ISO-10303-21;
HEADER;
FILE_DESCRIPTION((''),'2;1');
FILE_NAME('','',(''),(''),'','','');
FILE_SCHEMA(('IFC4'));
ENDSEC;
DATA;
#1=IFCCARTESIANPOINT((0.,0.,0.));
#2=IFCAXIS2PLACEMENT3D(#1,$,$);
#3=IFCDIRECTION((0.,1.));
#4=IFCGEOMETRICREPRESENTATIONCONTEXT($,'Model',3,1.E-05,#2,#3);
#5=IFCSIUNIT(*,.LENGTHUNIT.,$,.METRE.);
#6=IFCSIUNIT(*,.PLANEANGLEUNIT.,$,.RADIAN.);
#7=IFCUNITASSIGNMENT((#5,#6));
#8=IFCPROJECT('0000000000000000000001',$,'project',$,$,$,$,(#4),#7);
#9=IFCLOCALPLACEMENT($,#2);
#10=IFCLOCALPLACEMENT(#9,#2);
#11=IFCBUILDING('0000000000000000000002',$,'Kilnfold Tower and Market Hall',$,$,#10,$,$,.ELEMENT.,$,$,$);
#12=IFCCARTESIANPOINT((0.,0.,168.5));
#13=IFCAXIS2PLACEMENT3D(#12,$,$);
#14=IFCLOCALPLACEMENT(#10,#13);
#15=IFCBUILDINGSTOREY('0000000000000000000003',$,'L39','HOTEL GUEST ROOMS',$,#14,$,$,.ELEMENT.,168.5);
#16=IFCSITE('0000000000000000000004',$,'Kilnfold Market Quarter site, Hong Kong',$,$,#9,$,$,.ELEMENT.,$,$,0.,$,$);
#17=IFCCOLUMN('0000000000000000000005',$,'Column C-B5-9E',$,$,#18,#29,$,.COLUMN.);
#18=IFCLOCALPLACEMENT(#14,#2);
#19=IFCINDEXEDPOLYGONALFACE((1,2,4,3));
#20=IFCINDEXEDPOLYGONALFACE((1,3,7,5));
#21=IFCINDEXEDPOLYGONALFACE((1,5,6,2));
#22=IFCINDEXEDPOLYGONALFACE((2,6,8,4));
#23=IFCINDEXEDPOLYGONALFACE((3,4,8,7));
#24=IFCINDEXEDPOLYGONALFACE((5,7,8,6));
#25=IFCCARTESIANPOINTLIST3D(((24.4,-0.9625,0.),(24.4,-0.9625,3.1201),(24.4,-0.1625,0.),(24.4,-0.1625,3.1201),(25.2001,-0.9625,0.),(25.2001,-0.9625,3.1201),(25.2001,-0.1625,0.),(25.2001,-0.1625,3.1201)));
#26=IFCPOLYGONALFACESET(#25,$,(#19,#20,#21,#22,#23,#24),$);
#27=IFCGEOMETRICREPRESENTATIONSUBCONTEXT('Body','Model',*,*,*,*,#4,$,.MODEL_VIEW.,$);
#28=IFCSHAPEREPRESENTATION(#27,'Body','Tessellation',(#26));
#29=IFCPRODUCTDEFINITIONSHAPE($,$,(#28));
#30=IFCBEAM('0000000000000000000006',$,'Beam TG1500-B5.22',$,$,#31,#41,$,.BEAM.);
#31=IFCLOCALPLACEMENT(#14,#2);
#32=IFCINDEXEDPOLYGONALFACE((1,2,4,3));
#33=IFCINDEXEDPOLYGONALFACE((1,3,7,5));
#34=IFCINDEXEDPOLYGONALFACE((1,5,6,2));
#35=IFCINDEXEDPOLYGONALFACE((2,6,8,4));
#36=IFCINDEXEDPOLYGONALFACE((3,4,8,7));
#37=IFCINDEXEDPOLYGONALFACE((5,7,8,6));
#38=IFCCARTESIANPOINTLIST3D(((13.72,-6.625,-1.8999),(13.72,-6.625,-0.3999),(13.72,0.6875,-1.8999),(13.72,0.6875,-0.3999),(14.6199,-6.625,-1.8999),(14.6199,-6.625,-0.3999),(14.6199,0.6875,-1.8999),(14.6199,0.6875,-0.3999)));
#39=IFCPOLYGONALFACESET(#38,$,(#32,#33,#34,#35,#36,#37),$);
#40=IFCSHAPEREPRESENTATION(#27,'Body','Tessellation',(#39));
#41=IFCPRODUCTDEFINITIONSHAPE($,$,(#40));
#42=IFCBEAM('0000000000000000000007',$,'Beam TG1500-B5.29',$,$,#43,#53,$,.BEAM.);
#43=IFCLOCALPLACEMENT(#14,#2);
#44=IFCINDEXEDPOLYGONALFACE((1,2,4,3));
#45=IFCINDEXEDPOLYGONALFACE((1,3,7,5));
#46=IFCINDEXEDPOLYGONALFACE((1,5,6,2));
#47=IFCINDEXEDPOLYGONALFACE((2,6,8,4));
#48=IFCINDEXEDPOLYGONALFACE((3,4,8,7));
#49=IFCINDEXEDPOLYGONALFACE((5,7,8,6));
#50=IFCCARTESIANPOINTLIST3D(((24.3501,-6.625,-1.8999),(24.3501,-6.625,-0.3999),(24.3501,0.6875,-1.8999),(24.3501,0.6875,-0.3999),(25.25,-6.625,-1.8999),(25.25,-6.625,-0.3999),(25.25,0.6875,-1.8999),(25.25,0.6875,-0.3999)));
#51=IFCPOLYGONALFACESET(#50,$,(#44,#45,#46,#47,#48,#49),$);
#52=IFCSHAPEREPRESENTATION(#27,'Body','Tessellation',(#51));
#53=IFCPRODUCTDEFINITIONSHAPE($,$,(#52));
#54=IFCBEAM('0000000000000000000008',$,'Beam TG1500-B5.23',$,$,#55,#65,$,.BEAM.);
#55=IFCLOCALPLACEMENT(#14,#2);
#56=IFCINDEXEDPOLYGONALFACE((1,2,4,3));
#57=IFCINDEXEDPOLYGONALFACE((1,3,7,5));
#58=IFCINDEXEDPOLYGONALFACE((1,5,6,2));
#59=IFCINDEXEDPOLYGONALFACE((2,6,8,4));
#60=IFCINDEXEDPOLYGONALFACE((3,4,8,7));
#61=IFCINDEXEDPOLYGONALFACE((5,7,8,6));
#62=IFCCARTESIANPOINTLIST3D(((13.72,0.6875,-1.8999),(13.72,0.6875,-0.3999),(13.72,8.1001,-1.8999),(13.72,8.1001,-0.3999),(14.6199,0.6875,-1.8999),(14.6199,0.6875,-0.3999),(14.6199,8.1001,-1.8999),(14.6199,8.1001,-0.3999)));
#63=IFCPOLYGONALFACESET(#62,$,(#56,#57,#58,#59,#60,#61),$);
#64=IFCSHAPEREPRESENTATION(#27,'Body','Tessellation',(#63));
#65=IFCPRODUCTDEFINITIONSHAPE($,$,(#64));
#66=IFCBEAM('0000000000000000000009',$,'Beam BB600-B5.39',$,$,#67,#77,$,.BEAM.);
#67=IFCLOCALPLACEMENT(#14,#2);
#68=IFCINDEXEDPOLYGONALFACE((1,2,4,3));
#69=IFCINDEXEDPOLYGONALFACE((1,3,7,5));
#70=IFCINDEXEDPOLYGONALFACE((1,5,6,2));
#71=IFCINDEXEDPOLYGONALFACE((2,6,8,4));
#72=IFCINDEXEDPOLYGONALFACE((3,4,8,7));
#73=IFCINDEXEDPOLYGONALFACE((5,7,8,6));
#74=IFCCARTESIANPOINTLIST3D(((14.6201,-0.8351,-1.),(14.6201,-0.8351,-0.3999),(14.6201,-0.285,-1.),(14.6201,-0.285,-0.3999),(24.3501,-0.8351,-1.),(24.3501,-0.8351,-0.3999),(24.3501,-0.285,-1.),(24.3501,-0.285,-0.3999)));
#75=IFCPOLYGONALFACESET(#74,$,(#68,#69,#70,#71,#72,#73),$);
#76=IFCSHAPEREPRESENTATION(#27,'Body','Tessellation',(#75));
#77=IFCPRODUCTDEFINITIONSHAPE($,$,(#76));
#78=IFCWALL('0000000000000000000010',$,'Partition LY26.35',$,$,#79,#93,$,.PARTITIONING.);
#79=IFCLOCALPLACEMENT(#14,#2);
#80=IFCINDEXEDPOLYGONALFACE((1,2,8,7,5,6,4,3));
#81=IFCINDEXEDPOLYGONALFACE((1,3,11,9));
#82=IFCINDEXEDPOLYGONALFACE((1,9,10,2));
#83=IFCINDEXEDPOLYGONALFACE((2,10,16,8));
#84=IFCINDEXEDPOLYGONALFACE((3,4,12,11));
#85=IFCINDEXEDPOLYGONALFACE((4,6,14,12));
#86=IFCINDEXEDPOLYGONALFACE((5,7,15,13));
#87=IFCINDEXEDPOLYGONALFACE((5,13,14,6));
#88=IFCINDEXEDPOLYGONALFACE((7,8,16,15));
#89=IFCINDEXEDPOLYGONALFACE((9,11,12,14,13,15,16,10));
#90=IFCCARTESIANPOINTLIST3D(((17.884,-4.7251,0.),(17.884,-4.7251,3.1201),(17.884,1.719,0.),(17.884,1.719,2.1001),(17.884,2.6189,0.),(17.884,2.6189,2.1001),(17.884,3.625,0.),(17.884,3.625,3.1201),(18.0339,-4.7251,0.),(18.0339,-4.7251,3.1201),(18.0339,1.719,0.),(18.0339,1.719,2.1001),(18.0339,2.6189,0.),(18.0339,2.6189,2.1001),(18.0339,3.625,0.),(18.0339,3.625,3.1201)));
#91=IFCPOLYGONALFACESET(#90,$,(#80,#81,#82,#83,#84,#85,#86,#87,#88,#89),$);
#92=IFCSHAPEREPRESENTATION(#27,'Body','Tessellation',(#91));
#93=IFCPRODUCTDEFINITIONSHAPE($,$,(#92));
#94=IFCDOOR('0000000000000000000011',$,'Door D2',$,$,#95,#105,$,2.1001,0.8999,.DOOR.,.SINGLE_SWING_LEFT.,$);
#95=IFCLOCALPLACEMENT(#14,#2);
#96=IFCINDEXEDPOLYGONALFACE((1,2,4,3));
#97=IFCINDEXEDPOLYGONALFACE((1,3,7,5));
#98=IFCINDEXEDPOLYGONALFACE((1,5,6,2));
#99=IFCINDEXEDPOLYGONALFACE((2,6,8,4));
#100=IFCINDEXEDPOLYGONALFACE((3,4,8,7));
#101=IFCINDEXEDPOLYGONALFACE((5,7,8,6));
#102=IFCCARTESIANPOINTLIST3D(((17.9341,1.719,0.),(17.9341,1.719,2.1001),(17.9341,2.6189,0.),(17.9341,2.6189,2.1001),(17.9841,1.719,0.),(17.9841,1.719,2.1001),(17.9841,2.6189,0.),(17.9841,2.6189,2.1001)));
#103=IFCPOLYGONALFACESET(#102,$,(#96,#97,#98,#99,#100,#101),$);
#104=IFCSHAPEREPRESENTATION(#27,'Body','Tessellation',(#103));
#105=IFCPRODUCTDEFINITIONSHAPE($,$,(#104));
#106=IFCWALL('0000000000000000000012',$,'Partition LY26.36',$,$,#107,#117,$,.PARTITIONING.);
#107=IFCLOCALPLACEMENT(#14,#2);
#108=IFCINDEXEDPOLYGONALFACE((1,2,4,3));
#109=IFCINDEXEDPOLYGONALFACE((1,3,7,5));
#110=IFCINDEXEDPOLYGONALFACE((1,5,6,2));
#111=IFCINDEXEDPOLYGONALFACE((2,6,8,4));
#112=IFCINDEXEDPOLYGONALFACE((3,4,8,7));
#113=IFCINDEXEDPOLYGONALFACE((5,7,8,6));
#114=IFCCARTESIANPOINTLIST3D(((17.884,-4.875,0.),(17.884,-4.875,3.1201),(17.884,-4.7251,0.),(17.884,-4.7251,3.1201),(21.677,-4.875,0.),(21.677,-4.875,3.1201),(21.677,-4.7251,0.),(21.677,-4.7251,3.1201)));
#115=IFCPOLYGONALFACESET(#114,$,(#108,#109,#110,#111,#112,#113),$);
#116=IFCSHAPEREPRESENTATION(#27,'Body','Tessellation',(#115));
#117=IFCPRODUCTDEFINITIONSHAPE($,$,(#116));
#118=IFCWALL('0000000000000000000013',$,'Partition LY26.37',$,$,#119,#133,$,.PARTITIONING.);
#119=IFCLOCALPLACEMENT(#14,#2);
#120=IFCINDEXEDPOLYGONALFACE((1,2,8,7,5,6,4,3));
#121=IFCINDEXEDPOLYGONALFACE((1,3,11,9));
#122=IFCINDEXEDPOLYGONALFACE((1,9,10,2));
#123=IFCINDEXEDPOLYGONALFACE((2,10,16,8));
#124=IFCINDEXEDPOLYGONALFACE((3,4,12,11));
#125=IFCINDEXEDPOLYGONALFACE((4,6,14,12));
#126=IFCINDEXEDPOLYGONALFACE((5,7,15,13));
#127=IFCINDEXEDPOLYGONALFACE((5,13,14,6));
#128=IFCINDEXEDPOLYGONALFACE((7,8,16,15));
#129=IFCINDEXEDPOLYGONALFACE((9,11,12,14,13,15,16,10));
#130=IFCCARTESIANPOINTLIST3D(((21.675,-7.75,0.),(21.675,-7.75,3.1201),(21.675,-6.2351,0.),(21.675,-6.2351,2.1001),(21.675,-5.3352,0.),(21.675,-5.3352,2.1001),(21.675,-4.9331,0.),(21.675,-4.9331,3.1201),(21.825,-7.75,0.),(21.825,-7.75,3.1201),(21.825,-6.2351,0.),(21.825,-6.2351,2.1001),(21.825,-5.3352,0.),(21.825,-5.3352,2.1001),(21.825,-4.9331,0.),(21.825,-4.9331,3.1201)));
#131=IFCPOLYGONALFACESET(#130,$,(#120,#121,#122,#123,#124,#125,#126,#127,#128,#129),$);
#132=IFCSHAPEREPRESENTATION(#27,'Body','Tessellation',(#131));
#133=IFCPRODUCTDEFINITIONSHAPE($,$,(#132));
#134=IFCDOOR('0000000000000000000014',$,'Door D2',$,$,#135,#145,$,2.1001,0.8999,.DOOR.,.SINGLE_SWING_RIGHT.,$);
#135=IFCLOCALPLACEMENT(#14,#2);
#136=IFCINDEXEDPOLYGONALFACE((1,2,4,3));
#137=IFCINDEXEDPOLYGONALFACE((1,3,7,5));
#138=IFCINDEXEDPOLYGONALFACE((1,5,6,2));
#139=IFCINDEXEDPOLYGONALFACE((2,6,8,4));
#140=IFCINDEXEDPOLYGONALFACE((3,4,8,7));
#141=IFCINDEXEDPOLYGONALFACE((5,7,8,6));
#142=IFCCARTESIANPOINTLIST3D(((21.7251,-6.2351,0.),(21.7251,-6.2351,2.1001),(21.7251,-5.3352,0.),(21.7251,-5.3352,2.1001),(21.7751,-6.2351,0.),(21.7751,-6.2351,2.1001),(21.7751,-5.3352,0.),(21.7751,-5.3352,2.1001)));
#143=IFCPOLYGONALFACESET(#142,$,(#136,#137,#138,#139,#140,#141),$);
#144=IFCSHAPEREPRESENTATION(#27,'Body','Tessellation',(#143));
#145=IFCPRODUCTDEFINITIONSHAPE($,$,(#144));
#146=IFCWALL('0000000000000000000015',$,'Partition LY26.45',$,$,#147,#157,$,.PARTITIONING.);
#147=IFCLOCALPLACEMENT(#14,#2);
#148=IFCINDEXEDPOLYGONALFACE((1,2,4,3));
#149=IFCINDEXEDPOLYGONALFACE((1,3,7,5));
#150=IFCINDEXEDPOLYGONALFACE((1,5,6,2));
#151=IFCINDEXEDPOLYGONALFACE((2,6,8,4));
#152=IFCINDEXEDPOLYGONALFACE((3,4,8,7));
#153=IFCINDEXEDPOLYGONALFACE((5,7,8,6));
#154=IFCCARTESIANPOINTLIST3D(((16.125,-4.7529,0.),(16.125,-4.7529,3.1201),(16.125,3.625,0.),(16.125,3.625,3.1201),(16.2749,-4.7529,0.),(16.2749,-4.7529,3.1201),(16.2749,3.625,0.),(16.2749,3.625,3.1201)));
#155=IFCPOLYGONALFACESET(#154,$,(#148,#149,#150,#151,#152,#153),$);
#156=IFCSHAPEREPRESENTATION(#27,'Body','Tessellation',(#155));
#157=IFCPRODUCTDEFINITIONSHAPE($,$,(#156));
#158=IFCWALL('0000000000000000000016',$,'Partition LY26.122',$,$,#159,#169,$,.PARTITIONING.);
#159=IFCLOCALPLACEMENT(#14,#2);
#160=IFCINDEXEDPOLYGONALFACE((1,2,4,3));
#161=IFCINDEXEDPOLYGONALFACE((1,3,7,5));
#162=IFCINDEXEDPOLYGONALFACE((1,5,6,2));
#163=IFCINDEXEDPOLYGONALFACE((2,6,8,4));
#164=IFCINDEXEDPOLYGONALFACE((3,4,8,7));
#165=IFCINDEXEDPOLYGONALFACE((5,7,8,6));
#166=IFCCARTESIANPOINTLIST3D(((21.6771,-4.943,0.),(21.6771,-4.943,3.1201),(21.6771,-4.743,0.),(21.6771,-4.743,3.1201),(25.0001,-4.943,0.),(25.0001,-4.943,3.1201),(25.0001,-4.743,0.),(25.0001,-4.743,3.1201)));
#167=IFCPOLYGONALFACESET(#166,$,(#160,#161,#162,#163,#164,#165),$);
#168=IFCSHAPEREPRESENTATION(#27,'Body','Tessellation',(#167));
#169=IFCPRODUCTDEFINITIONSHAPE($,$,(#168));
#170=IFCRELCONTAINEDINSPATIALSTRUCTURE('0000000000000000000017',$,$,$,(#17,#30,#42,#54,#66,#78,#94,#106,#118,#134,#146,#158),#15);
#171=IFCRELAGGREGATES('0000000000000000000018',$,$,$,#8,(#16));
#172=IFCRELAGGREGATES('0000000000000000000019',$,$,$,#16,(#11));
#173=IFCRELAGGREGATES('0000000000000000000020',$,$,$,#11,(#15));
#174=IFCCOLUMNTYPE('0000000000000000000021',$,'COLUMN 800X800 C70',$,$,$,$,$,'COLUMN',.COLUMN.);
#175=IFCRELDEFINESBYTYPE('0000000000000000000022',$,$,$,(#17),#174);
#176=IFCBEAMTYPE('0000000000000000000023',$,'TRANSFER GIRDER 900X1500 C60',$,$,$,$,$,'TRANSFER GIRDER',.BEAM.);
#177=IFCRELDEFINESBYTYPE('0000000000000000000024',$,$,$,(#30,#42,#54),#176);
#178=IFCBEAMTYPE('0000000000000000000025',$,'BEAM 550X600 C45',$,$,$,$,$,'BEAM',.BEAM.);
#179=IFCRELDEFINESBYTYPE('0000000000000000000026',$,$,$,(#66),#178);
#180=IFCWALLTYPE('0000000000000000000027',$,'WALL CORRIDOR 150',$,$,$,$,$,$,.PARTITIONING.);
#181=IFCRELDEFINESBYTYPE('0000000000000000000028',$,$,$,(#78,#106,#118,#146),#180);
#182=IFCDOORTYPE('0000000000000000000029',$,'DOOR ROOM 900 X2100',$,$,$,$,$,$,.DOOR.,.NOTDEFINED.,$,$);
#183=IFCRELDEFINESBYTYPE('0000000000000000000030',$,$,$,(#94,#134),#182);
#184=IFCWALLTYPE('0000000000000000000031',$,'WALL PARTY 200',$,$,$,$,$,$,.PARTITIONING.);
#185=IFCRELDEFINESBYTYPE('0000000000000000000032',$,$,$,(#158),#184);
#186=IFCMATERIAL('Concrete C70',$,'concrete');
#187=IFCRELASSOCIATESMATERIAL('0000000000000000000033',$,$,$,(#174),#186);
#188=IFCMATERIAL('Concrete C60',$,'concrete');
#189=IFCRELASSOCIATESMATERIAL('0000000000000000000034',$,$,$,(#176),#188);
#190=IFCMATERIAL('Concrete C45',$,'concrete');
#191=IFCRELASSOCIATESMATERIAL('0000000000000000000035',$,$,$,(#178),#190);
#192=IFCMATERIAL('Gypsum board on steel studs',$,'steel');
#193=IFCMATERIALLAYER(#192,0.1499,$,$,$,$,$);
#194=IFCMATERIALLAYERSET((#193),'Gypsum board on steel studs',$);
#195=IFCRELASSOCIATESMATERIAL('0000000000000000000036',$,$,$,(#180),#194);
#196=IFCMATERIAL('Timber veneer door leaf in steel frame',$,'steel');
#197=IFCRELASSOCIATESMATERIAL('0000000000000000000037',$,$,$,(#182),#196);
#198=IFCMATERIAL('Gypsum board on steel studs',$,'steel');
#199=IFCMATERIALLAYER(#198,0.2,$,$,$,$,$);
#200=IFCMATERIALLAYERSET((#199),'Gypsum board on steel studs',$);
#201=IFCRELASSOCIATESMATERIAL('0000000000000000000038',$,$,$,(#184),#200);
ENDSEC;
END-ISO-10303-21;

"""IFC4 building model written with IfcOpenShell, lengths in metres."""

from ifc_helpers import new_model, si_unit, direction, frame, frame_2d, origin, origin_2d, place, context, subcontext, project, spatial, rectangle, extrude, source, transform, mapped, material, layer, layer_set, material_profile, profile_set, type_object, element, fill, save


model = new_model("IFC4")

# Units and contexts
model_context = context("Model", 3, precision=1e-05, world=origin(), true_north=direction((0.0, 1.0)))
body_context = subcontext(model_context, "Body", "Model", "MODEL_VIEW")
ifc_project = project(units=[si_unit("LENGTHUNIT", "METRE"), si_unit("PLANEANGLEUNIT", "RADIAN")], contexts=[model_context])

# Site, building, storey
site_placement = place(None, origin())
site = spatial("IfcSite", under=ifc_project, at=site_placement, Name="Kilnfold Market Quarter site, Hong Kong", CompositionType="ELEMENT", RefElevation=0.0)
building_placement = place(site_placement, origin())
building = spatial("IfcBuilding", under=site, at=building_placement, Name="Kilnfold Tower and Market Hall", CompositionType="ELEMENT")
storey_placement = place(building_placement, frame((0.0, 0.0, 168.5)))
storey = spatial("IfcBuildingStorey", under=building, at=storey_placement, Name="L39", Description="HOTEL GUEST ROOMS", CompositionType="ELEMENT", Elevation=168.5)

# Column
ifc_material_1 = material(Name="Concrete C70", Category="concrete")
ifc_material_profile_1 = material_profile(ifc_material_1, rectangle(XDim=0.8, YDim=0.8, at=origin_2d()), Name="RC 800x800")
ifc_profile_set_1 = profile_set([ifc_material_profile_1], Name="Concrete C70")
column_type = type_object("IfcColumnType", Name="COLUMN 800X800 C70", ElementType="COLUMN", PredefinedType="COLUMN", material=ifc_profile_set_1)
shared_shape_1 = source(origin(), body_context, "Body", "SweptSolid", [
    extrude(rectangle(XDim=0.8, YDim=0.8, at=origin_2d()), origin(), (0.0, 0.0, 1.0), 3.1201),
])
column_placement = place(storey_placement, frame((24.8, -0.5625, 0.0), z_axis=(0.0, 0.0, 1.0), x_axis=(1.0, 0.0, 0.0)))
element("IfcColumn", 1, at=column_placement, inside=storey, type_object=column_type, Name="Column C-B5-9E", PredefinedType="COLUMN", context=body_context, shape_type="MappedRepresentation", body=[
    mapped(shared_shape_1, transform((0.0, 0.0, 0.0))),
])

# Beams
ifc_material_2 = material(Name="Concrete C60", Category="concrete")
ifc_material_profile_2 = material_profile(ifc_material_2, rectangle(XDim=0.8999, YDim=1.5, at=origin_2d()), Name="RC 900x1500")
ifc_profile_set_2 = profile_set([ifc_material_profile_2], Name="Concrete C60")
beam_type_1 = type_object("IfcBeamType", Name="TRANSFER GIRDER 900X1500 C60", ElementType="TRANSFER GIRDER", PredefinedType="BEAM", material=ifc_profile_set_2)
shared_shape_2 = source(origin(), body_context, "Body", "SweptSolid", [
    extrude(rectangle(XDim=0.8999, YDim=1.5, at=origin_2d()), origin(), (0.0, 0.0, 1.0), 7.3125),
])
for number, where, z_axis, x_axis, name in (
    (2, (14.1699, -6.625, -1.1499), (0.0, 1.0, 0.0), (-1.0, 0.0, 0.0), "Beam TG1500-B5.22"),
    (3, (24.8, -6.625, -1.1499), (0.0, 1.0, 0.0), (-1.0, 0.0, 0.0), "Beam TG1500-B5.29"),
):
    element("IfcBeam", number, at=place(storey_placement, frame(where, z_axis=z_axis, x_axis=x_axis)), inside=storey, type_object=beam_type_1, Name=name, PredefinedType="BEAM", context=body_context, shape_type="MappedRepresentation", body=[
        mapped(shared_shape_2, transform((0.0, 0.0, 0.0))),
    ])
shared_shape_3 = source(origin(), body_context, "Body", "SweptSolid", [
    extrude(rectangle(XDim=0.8999, YDim=1.5, at=origin_2d()), origin(), (0.0, 0.0, 1.0), 7.4126),
])
beam_1_placement = place(storey_placement, frame((14.1699, 0.6875, -1.1499), z_axis=(0.0, 1.0, 0.0), x_axis=(-1.0, 0.0, 0.0)))
element("IfcBeam", 4, at=beam_1_placement, inside=storey, type_object=beam_type_1, Name="Beam TG1500-B5.23", PredefinedType="BEAM", context=body_context, shape_type="MappedRepresentation", body=[
    mapped(shared_shape_3, transform((0.0, 0.0, 0.0))),
])
ifc_material_3 = material(Name="Concrete C45", Category="concrete")
ifc_material_profile_3 = material_profile(ifc_material_3, rectangle(XDim=0.55, YDim=0.6001, at=origin_2d()), Name="RC 550x600")
ifc_profile_set_3 = profile_set([ifc_material_profile_3], Name="Concrete C45")
beam_type_2 = type_object("IfcBeamType", Name="BEAM 550X600 C45", ElementType="BEAM", PredefinedType="BEAM", material=ifc_profile_set_3)
shared_shape_4 = source(origin(), body_context, "Body", "SweptSolid", [
    extrude(rectangle(XDim=0.55, YDim=0.6001, at=origin_2d()), origin(), (0.0, 0.0, 1.0), 9.73),
])
beam_2_placement = place(storey_placement, frame((14.6201, -0.5601, -0.7), z_axis=(1.0, 0.0, 0.0), x_axis=(0.0, 1.0, 0.0)))
element("IfcBeam", 5, at=beam_2_placement, inside=storey, type_object=beam_type_2, Name="Beam BB600-B5.39", PredefinedType="BEAM", context=body_context, shape_type="MappedRepresentation", body=[
    mapped(shared_shape_4, transform((0.0, 0.0, 0.0))),
])

# Wall, opening, door
ifc_material_4 = material(Name="Gypsum board on steel studs", Category="steel")
ifc_layer_1 = layer(ifc_material_4, 0.1499)
ifc_layer_set_1 = layer_set([ifc_layer_1], Name="Gypsum board on steel studs")
wall_type_1 = type_object("IfcWallType", Name="WALL CORRIDOR 150", PredefinedType="PARTITIONING", material=ifc_layer_set_1)
wall_1_placement = place(storey_placement, frame((17.959, -4.7251, 0.0), z_axis=(0.0, 0.0, 1.0), x_axis=(0.0, 1.0, 0.0)))
wall_1 = element("IfcWall", 6, at=wall_1_placement, inside=storey, type_object=wall_type_1, Name="Partition LY26.35", PredefinedType="PARTITIONING", context=body_context, shape_type="SweptSolid", body=[
    extrude(rectangle(XDim=8.3501, YDim=0.1499, at=frame_2d((4.175, 0.0))), origin(), (0.0, 0.0, 1.0), 3.1201),
])
opening_1_placement = place(wall_1_placement, frame((6.4441, 0.0, 0.0)))
opening_1 = element("IfcOpeningElement", 7, at=opening_1_placement, cuts=wall_1, PredefinedType="OPENING", context=body_context, shape_type="SweptSolid", body=[
    extrude(rectangle(XDim=0.8999, YDim=2.1001, at=frame_2d((0.45, 1.05))), frame((0.0, 0.085, 0.0), z_axis=(0.0, -1.0, 0.0), x_axis=(1.0, 0.0, 0.0)), (0.0, 0.0, 1.0), 0.1699),
])
ifc_material_5 = material(Name="Timber veneer door leaf in steel frame", Category="steel")
door_type_1 = type_object("IfcDoorType", Name="DOOR ROOM 900 X2100", OperationType="NOTDEFINED", PredefinedType="DOOR", material=ifc_material_5)
door_1_placement = place(opening_1_placement, origin())
door_1 = element("IfcDoor", 8, at=door_1_placement, inside=storey, type_object=door_type_1, Name="Door D2", OperationType="SINGLE_SWING_LEFT", OverallHeight=2.1001, OverallWidth=0.8999, PredefinedType="DOOR", context=body_context, shape_type="SweptSolid", body=[
    extrude(rectangle(XDim=0.8999, YDim=2.1001, at=frame_2d((0.45, 1.05))), frame((0.0, 0.0249, 0.0), z_axis=(0.0, -1.0, 0.0), x_axis=(1.0, 0.0, 0.0)), (0.0, 0.0, 1.0), 0.05),
])
fill(opening_1, door_1)

# Wall
wall_2_placement = place(storey_placement, frame((17.884, -4.8, 0.0), z_axis=(0.0, 0.0, 1.0), x_axis=(1.0, 0.0, 0.0)))
element("IfcWall", 9, at=wall_2_placement, inside=storey, type_object=wall_type_1, Name="Partition LY26.36", PredefinedType="PARTITIONING", context=body_context, shape_type="SweptSolid", body=[
    extrude(rectangle(XDim=3.793, YDim=0.1499, at=frame_2d((1.8965, 0.0))), origin(), (0.0, 0.0, 1.0), 3.1201),
])

# Wall, opening, door
wall_3_placement = place(storey_placement, frame((21.75, -7.75, 0.0), z_axis=(0.0, 0.0, 1.0), x_axis=(0.0, 1.0, 0.0)))
wall_3 = element("IfcWall", 10, at=wall_3_placement, inside=storey, type_object=wall_type_1, Name="Partition LY26.37", PredefinedType="PARTITIONING", context=body_context, shape_type="SweptSolid", body=[
    extrude(rectangle(XDim=2.8169, YDim=0.1499, at=frame_2d((1.4084, 0.0))), origin(), (0.0, 0.0, 1.0), 3.1201),
])
opening_2_placement = place(wall_3_placement, frame((1.5149, 0.0, 0.0)))
opening_2 = element("IfcOpeningElement", 11, at=opening_2_placement, cuts=wall_3, PredefinedType="OPENING", context=body_context, shape_type="SweptSolid", body=[
    extrude(rectangle(XDim=0.8999, YDim=2.1001, at=frame_2d((0.45, 1.05))), frame((0.0, 0.085, 0.0), z_axis=(0.0, -1.0, 0.0), x_axis=(1.0, 0.0, 0.0)), (0.0, 0.0, 1.0), 0.1699),
])
door_2_placement = place(opening_2_placement, origin())
door_2 = element("IfcDoor", 12, at=door_2_placement, inside=storey, type_object=door_type_1, Name="Door D2", OperationType="SINGLE_SWING_RIGHT", OverallHeight=2.1001, OverallWidth=0.8999, PredefinedType="DOOR", context=body_context, shape_type="SweptSolid", body=[
    extrude(rectangle(XDim=0.8999, YDim=2.1001, at=frame_2d((0.45, 1.05))), frame((0.0, 0.0249, 0.0), z_axis=(0.0, -1.0, 0.0), x_axis=(1.0, 0.0, 0.0)), (0.0, 0.0, 1.0), 0.05),
])
fill(opening_2, door_2)

# Walls
wall_4_placement = place(storey_placement, frame((16.2, -4.7529, 0.0), z_axis=(0.0, 0.0, 1.0), x_axis=(0.0, 1.0, 0.0)))
element("IfcWall", 13, at=wall_4_placement, inside=storey, type_object=wall_type_1, Name="Partition LY26.45", PredefinedType="PARTITIONING", context=body_context, shape_type="SweptSolid", body=[
    extrude(rectangle(XDim=8.3779, YDim=0.1499, at=frame_2d((4.189, 0.0))), origin(), (0.0, 0.0, 1.0), 3.1201),
])
ifc_material_6 = material(Name="Gypsum board on steel studs", Category="steel")
ifc_layer_2 = layer(ifc_material_6, 0.2)
ifc_layer_set_2 = layer_set([ifc_layer_2], Name="Gypsum board on steel studs")
wall_type_2 = type_object("IfcWallType", Name="WALL PARTY 200", PredefinedType="PARTITIONING", material=ifc_layer_set_2)
wall_5_placement = place(storey_placement, frame((21.677, -4.843, 0.0), z_axis=(0.0, 0.0, 1.0), x_axis=(1.0, 0.0, 0.0)))
element("IfcWall", 14, at=wall_5_placement, inside=storey, type_object=wall_type_2, Name="Partition LY26.122", PredefinedType="PARTITIONING", context=body_context, shape_type="SweptSolid", body=[
    extrude(rectangle(XDim=3.323, YDim=0.2, at=frame_2d((1.6616, 0.0))), origin(), (0.0, 0.0, 1.0), 3.1201),
])

save(model, "model.ifc")
